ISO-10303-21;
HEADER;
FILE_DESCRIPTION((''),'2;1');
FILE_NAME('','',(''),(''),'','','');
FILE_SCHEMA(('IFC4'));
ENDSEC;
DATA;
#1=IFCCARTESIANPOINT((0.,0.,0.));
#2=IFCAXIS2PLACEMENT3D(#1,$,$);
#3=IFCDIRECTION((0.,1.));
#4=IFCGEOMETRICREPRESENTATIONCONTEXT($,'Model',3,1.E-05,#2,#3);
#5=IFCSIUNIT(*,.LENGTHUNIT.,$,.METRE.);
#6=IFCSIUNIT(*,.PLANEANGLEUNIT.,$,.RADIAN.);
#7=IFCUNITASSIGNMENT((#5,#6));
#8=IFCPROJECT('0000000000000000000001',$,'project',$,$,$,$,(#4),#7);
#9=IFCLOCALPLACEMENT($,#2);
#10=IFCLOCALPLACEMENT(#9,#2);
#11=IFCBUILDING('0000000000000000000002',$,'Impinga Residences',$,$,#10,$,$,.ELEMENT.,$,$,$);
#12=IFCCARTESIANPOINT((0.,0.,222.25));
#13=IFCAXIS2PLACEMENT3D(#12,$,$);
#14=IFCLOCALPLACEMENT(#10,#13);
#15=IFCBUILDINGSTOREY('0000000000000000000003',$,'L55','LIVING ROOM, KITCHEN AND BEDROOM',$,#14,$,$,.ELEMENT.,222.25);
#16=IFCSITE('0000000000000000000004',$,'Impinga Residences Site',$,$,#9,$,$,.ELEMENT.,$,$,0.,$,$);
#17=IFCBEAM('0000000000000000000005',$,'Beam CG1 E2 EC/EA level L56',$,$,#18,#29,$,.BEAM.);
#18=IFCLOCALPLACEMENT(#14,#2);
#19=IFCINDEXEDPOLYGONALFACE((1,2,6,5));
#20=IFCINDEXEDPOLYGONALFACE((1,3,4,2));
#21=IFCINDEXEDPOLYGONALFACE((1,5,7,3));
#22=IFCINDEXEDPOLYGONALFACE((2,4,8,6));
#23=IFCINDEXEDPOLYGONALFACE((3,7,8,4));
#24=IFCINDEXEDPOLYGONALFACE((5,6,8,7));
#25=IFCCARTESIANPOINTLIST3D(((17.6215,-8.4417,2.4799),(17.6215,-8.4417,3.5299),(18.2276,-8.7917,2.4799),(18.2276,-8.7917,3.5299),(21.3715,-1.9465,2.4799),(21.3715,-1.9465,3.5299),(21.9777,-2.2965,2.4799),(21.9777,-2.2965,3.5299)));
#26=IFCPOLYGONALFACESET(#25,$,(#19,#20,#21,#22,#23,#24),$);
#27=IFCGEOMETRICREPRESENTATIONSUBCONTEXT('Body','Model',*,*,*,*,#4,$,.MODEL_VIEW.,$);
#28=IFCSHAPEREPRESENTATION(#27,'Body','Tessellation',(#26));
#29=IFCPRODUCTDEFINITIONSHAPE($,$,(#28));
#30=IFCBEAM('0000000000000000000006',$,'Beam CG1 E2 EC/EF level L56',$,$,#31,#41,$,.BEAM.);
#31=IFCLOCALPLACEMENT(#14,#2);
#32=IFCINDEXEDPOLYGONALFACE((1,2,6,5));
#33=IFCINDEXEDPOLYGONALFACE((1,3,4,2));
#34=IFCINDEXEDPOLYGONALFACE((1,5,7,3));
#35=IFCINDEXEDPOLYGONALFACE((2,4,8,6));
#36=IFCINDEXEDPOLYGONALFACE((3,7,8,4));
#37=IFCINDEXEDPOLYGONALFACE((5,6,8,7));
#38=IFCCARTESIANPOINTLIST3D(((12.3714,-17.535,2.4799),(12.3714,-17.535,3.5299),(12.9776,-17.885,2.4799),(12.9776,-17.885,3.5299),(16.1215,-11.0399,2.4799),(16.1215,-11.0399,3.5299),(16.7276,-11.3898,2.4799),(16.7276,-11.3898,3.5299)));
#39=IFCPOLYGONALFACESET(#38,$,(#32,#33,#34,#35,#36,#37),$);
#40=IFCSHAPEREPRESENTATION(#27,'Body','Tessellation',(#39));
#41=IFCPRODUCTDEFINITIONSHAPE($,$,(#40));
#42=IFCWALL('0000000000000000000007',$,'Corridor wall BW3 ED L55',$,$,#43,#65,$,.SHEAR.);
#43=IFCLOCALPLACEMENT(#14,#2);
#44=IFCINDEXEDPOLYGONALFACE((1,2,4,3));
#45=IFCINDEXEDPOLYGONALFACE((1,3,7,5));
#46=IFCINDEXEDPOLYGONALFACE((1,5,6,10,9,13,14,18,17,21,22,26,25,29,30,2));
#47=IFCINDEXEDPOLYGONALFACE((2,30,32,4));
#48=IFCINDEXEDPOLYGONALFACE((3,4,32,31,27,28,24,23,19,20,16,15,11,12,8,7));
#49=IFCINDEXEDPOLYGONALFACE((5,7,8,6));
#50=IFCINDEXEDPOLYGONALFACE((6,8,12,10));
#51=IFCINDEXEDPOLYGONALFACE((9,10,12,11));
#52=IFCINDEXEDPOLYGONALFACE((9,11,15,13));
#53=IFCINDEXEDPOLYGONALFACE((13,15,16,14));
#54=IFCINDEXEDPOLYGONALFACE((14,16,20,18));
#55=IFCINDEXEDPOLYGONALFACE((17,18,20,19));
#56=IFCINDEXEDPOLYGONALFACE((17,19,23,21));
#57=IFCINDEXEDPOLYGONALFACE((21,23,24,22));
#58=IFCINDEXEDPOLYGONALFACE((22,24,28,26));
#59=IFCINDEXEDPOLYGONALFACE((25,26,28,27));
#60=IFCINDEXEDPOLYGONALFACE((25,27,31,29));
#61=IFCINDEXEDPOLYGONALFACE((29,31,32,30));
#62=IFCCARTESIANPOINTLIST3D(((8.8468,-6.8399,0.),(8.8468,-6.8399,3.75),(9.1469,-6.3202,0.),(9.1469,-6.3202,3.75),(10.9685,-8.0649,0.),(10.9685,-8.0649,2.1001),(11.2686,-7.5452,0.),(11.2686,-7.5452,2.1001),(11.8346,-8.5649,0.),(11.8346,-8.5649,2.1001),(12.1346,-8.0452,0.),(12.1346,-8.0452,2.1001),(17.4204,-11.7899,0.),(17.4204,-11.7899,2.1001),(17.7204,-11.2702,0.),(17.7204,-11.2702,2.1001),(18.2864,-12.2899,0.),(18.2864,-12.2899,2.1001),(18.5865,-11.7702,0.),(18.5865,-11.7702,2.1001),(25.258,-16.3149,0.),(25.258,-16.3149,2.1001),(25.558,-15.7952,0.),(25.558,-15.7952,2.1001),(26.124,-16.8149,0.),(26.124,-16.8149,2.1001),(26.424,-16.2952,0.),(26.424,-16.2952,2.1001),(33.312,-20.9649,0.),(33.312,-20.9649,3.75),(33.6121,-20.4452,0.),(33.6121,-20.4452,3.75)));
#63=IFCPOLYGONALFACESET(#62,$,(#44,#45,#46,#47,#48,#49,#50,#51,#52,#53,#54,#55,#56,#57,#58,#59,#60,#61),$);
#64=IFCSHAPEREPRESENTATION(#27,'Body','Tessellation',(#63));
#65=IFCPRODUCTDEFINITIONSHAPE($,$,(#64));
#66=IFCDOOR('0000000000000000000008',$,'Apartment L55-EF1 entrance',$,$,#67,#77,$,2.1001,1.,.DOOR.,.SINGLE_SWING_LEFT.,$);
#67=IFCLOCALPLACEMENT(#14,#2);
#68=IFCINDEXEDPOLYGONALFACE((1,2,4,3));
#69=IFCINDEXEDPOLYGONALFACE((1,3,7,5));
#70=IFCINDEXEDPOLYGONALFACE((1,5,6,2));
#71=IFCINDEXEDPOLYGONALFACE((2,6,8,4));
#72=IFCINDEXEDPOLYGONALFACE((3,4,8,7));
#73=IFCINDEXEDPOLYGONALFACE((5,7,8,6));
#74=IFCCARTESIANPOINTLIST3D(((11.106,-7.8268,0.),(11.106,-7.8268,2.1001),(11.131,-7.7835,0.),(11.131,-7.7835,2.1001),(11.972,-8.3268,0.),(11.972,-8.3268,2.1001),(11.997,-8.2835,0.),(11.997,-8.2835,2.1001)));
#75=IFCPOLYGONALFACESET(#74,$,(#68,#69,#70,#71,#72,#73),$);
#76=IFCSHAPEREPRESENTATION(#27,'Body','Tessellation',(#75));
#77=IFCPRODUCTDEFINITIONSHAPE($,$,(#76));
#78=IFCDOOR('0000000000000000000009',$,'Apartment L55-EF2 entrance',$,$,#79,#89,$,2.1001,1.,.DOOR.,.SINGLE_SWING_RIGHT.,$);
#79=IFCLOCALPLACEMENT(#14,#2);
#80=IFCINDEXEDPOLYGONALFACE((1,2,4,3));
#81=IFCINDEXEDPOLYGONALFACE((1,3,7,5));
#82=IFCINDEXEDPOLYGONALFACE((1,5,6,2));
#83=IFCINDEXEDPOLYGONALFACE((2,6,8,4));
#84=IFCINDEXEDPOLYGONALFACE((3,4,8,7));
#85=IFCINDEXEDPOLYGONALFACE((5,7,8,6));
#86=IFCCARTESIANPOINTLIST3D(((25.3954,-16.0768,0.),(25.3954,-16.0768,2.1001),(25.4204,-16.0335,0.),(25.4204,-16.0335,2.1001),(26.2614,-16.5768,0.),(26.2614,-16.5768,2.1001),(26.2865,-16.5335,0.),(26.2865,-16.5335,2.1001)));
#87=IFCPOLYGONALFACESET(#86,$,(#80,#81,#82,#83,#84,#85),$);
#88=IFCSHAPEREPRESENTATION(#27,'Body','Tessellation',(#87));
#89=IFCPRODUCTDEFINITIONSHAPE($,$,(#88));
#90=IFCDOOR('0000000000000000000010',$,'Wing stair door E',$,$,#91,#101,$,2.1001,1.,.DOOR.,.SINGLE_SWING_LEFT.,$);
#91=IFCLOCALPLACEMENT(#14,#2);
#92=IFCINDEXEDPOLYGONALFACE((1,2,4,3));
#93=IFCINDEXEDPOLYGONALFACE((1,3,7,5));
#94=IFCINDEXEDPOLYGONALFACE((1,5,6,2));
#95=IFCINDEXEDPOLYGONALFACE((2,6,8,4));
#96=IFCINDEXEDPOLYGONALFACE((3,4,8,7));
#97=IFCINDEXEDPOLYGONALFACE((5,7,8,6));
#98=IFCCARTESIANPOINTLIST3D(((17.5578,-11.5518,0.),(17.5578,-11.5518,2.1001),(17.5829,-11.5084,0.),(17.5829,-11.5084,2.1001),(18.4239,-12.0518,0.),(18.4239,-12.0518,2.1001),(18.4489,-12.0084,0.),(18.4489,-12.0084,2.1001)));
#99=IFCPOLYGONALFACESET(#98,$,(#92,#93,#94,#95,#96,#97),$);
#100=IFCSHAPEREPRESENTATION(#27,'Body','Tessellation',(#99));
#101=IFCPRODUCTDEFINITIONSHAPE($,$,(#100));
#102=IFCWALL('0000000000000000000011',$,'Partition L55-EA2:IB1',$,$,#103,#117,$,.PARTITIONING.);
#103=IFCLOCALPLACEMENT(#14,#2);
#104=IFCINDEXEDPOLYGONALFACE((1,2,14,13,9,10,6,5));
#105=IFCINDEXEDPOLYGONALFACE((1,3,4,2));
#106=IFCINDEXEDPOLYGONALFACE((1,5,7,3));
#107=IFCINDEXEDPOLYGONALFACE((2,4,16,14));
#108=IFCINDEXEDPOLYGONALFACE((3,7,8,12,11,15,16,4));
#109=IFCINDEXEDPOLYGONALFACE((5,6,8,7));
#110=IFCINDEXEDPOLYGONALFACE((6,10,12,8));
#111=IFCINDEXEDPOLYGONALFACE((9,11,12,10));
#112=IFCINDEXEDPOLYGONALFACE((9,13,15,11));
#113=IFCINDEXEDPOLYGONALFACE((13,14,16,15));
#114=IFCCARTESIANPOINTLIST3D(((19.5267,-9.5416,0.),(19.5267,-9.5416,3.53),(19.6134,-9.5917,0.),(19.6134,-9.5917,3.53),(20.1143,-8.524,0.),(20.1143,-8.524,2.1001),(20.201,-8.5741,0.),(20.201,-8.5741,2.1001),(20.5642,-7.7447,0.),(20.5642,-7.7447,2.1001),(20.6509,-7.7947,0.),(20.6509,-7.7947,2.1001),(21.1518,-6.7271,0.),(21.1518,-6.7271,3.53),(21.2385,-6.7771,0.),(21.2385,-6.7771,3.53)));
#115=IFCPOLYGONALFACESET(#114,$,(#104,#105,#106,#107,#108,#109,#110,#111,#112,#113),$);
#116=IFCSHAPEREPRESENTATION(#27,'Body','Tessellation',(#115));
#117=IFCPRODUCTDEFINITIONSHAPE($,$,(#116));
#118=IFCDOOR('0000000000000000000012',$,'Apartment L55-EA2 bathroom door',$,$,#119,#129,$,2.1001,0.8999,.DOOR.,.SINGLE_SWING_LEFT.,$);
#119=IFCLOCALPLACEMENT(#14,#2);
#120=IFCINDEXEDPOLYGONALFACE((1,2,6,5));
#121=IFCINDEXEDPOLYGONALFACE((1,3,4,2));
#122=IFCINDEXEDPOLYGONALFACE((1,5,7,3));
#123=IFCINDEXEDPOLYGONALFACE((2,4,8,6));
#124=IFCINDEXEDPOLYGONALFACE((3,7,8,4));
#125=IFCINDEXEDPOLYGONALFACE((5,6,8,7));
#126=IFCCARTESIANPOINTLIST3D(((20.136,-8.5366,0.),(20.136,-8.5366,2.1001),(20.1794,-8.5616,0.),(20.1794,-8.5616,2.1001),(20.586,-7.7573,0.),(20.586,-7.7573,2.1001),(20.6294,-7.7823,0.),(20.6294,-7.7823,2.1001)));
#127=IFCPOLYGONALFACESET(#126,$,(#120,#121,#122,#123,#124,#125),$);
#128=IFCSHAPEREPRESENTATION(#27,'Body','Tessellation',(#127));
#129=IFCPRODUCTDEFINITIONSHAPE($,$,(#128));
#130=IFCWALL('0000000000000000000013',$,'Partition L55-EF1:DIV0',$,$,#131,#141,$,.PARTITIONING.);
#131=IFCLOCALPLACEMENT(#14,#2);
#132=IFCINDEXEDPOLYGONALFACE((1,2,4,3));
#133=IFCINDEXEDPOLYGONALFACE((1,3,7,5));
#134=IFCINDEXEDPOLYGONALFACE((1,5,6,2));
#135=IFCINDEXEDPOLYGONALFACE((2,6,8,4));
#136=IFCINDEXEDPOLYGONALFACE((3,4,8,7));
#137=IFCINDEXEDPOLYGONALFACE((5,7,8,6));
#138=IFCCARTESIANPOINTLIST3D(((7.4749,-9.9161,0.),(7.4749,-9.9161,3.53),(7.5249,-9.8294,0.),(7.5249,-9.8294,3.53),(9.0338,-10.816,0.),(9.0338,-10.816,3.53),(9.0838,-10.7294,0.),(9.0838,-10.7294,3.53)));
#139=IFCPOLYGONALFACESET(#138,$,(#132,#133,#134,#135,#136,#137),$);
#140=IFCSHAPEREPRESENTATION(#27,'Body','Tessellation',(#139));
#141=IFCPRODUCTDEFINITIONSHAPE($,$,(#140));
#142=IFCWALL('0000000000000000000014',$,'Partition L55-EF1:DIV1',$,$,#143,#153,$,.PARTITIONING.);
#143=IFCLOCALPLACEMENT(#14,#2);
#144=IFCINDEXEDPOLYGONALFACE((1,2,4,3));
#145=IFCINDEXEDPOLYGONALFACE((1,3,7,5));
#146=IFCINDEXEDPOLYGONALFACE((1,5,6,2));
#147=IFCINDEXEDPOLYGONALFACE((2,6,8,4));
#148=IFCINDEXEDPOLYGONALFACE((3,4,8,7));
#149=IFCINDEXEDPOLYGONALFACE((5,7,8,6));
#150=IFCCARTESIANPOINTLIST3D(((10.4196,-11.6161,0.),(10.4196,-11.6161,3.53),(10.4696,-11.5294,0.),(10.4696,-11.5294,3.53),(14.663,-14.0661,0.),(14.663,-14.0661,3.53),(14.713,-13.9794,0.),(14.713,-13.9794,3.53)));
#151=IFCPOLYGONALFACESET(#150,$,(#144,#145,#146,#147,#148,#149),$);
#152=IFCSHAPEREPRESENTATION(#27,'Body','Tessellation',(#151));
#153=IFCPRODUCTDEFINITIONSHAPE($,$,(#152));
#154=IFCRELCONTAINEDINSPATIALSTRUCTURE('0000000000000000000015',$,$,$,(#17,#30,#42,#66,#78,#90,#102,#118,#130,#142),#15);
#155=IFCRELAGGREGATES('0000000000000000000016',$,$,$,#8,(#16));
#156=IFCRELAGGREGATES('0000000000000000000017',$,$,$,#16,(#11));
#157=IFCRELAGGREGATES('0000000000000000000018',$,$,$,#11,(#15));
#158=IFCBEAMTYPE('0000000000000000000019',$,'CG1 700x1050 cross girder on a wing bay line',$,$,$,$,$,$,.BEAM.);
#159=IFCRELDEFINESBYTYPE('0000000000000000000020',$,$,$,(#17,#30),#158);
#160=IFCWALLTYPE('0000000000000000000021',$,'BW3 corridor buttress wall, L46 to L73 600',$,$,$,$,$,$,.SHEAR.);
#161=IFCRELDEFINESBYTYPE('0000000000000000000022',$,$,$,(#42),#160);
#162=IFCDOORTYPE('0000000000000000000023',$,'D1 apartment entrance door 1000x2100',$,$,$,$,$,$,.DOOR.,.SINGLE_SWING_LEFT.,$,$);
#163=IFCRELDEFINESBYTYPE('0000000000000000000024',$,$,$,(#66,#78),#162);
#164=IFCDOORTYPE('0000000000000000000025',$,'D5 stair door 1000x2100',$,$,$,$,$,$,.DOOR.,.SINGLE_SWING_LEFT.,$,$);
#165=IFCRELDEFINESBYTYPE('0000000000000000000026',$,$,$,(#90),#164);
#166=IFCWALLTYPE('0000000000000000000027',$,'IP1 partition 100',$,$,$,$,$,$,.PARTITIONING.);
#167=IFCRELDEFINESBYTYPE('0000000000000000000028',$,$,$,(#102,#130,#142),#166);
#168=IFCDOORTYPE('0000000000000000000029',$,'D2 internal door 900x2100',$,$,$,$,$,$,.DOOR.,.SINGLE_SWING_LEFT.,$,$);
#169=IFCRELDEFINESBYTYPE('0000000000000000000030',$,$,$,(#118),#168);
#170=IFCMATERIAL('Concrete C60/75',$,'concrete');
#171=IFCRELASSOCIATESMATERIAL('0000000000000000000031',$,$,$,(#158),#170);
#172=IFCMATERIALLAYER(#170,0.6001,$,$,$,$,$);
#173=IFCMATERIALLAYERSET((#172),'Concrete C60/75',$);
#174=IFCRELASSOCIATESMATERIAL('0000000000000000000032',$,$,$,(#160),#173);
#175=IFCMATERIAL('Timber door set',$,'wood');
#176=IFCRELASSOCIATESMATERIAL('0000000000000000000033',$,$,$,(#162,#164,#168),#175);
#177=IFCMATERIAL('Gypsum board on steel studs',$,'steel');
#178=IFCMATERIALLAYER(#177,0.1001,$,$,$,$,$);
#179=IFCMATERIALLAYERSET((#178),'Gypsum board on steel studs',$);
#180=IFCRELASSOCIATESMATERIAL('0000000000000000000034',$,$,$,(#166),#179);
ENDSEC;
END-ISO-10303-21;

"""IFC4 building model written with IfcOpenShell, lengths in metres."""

from ifc_helpers import new_model, si_unit, direction, frame, frame_2d, origin, origin_2d, place, context, subcontext, project, spatial, rectangle, extrude, material, layer, layer_set, material_profile, profile_set, type_object, element, fill, save


model = new_model("IFC4")

# Units and contexts
model_context = context("Model", 3, precision=1e-05, world=origin(), true_north=direction((0.0, 1.0)))
body_context = subcontext(model_context, "Body", "Model", "MODEL_VIEW")
ifc_project = project(units=[si_unit("LENGTHUNIT", "METRE"), si_unit("PLANEANGLEUNIT", "RADIAN")], contexts=[model_context])

# Site, building, storey
site_placement = place(None, origin())
site = spatial("IfcSite", under=ifc_project, at=site_placement, Name="Impinga Residences Site", CompositionType="ELEMENT", RefElevation=0.0)
building_placement = place(site_placement, origin())
building = spatial("IfcBuilding", under=site, at=building_placement, Name="Impinga Residences", CompositionType="ELEMENT")
storey_placement = place(building_placement, frame((0.0, 0.0, 222.25)))
storey = spatial("IfcBuildingStorey", under=building, at=storey_placement, Name="L55", Description="LIVING ROOM, KITCHEN AND BEDROOM", CompositionType="ELEMENT", Elevation=222.25)

# Beams
ifc_material_1 = material(Name="Concrete C60/75", Category="concrete")
ifc_material_profile = material_profile(ifc_material_1, rectangle(XDim=0.7, YDim=1.05, at=origin_2d()), Name="RC 700x1050")
ifc_profile_set = profile_set([ifc_material_profile], Name="Concrete C60/75")
beam_type = type_object("IfcBeamType", Name="CG1 700x1050 cross girder on a wing bay line", PredefinedType="BEAM", material=ifc_profile_set)
for number, where, z_axis, x_axis, name in (
    (1, (17.9246, -8.6167, 3.0049), (0.500004, 0.866023, 0.0), (-0.866023, 0.500004, 0.0), "Beam CG1 E2 EC/EA level L56"),
    (2, (16.4246, -11.2148, 3.0049), (-0.500004, -0.866023, 0.0), (0.866023, -0.500004, 0.0), "Beam CG1 E2 EC/EF level L56"),
):
    element("IfcBeam", number, at=place(storey_placement, frame(where, z_axis=z_axis, x_axis=x_axis)), inside=storey, type_object=beam_type, Name=name, PredefinedType="BEAM", context=body_context, shape_type="SweptSolid", body=[
        extrude(rectangle(XDim=0.7, YDim=1.05, at=origin_2d()), origin(), (0.0, 0.0, 1.0), 7.5),
    ])

# Wall, openings, doors
ifc_layer_1 = layer(ifc_material_1, 0.6001)
ifc_layer_set_1 = layer_set([ifc_layer_1], Name="Concrete C60/75")
wall_type_1 = type_object("IfcWallType", Name="BW3 corridor buttress wall, L46 to L73 600", PredefinedType="SHEAR", material=ifc_layer_set_1)
wall_1_placement = place(storey_placement, frame((8.9968, -6.5801, 0.0), z_axis=(0.0, 0.0, 1.0), x_axis=(0.866026, -0.499998, 0.0)))
wall_1 = element("IfcWall", 3, at=wall_1_placement, inside=storey, type_object=wall_type_1, Name="Corridor wall BW3 ED L55", PredefinedType="SHEAR", context=body_context, shape_type="SweptSolid", body=[
    extrude(rectangle(XDim=28.25, YDim=0.6001, at=frame_2d((14.125, 0.0))), origin(), (0.0, 0.0, 1.0), 3.75),
])
opening_1_placement = place(wall_1_placement, frame((9.8999, 0.0, 0.0)))
opening_1 = element("IfcOpeningElement", 4, at=opening_1_placement, cuts=wall_1, PredefinedType="OPENING", context=body_context, shape_type="SweptSolid", body=[
    extrude(rectangle(XDim=1.0, YDim=2.1001, at=frame_2d((0.5, 1.05))), frame((0.0, 0.3101, 0.0), z_axis=(0.0, -1.0, 0.0), x_axis=(1.0, 0.0, 0.0)), (0.0, 0.0, 1.0), 0.6201),
])
opening_2_placement = place(wall_1_placement, frame((2.45, 0.0, 0.0)))
opening_2 = element("IfcOpeningElement", 5, at=opening_2_placement, cuts=wall_1, PredefinedType="OPENING", context=body_context, shape_type="SweptSolid", body=[
    extrude(rectangle(XDim=1.0, YDim=2.1001, at=frame_2d((0.5, 1.05))), frame((0.0, 0.3101, 0.0), z_axis=(0.0, -1.0, 0.0), x_axis=(1.0, 0.0, 0.0)), (0.0, 0.0, 1.0), 0.6201),
])
opening_3_placement = place(wall_1_placement, frame((18.95, 0.0, 0.0)))
opening_3 = element("IfcOpeningElement", 6, at=opening_3_placement, cuts=wall_1, PredefinedType="OPENING", context=body_context, shape_type="SweptSolid", body=[
    extrude(rectangle(XDim=1.0, YDim=2.1001, at=frame_2d((0.5, 1.05))), frame((0.0, 0.3101, 0.0), z_axis=(0.0, -1.0, 0.0), x_axis=(1.0, 0.0, 0.0)), (0.0, 0.0, 1.0), 0.6201),
])
ifc_material_2 = material(Name="Timber door set", Category="wood")
door_type_1 = type_object("IfcDoorType", Name="D1 apartment entrance door 1000x2100", OperationType="SINGLE_SWING_LEFT", PredefinedType="DOOR", material=ifc_material_2)
door_1_placement = place(opening_2_placement, origin())
door_1 = element("IfcDoor", 7, at=door_1_placement, inside=storey, type_object=door_type_1, Name="Apartment L55-EF1 entrance", OperationType="SINGLE_SWING_LEFT", OverallHeight=2.1001, OverallWidth=1.0, PredefinedType="DOOR", context=body_context, shape_type="SweptSolid", body=[
    extrude(rectangle(XDim=1.0, YDim=2.1001, at=frame_2d((0.5, 1.05))), frame((0.0, 0.0249, 0.0), z_axis=(0.0, -1.0, 0.0), x_axis=(1.0, 0.0, 0.0)), (0.0, 0.0, 1.0), 0.05),
])
fill(opening_2, door_1)
door_2_placement = place(opening_3_placement, origin())
door_2 = element("IfcDoor", 8, at=door_2_placement, inside=storey, type_object=door_type_1, Name="Apartment L55-EF2 entrance", OperationType="SINGLE_SWING_RIGHT", OverallHeight=2.1001, OverallWidth=1.0, PredefinedType="DOOR", context=body_context, shape_type="SweptSolid", body=[
    extrude(rectangle(XDim=1.0, YDim=2.1001, at=frame_2d((0.5, 1.05))), frame((0.0, 0.0249, 0.0), z_axis=(0.0, -1.0, 0.0), x_axis=(1.0, 0.0, 0.0)), (0.0, 0.0, 1.0), 0.05),
])
fill(opening_3, door_2)
door_type_2 = type_object("IfcDoorType", Name="D5 stair door 1000x2100", OperationType="SINGLE_SWING_LEFT", PredefinedType="DOOR", material=ifc_material_2)
door_3_placement = place(opening_1_placement, origin())
door_3 = element("IfcDoor", 9, at=door_3_placement, inside=storey, type_object=door_type_2, Name="Wing stair door E", OperationType="SINGLE_SWING_LEFT", OverallHeight=2.1001, OverallWidth=1.0, PredefinedType="DOOR", context=body_context, shape_type="SweptSolid", body=[
    extrude(rectangle(XDim=1.0, YDim=2.1001, at=frame_2d((0.5, 1.05))), frame((0.0, 0.0249, 0.0), z_axis=(0.0, -1.0, 0.0), x_axis=(1.0, 0.0, 0.0)), (0.0, 0.0, 1.0), 0.05),
])
fill(opening_1, door_3)

# Wall, opening, door
ifc_material_3 = material(Name="Gypsum board on steel studs", Category="steel")
ifc_layer_2 = layer(ifc_material_3, 0.1001)
ifc_layer_set_2 = layer_set([ifc_layer_2], Name="Gypsum board on steel studs")
wall_type_2 = type_object("IfcWallType", Name="IP1 partition 100", PredefinedType="PARTITIONING", material=ifc_layer_set_2)
wall_2_placement = place(storey_placement, frame((19.5701, -9.5667, 0.0), z_axis=(0.0, 0.0, 1.0), x_axis=(0.500017, 0.866015, 0.0)))
wall_2 = element("IfcWall", 10, at=wall_2_placement, inside=storey, type_object=wall_type_2, Name="Partition L55-EA2:IB1", PredefinedType="PARTITIONING", context=body_context, shape_type="SweptSolid", body=[
    extrude(rectangle(XDim=3.25, YDim=0.1001, at=frame_2d((1.625, 0.0))), origin(), (0.0, 0.0, 1.0), 3.53),
])
opening_4_placement = place(wall_2_placement, frame((1.175, 0.0, 0.0)))
opening_4 = element("IfcOpeningElement", 11, at=opening_4_placement, cuts=wall_2, PredefinedType="OPENING", context=body_context, shape_type="SweptSolid", body=[
    extrude(rectangle(XDim=0.8999, YDim=2.1001, at=frame_2d((0.45, 1.05))), frame((0.0, 0.0601, 0.0), z_axis=(0.0, -1.0, 0.0), x_axis=(1.0, 0.0, 0.0)), (0.0, 0.0, 1.0), 0.1201),
])
door_type_3 = type_object("IfcDoorType", Name="D2 internal door 900x2100", OperationType="SINGLE_SWING_LEFT", PredefinedType="DOOR", material=ifc_material_2)
door_4_placement = place(opening_4_placement, origin())
door_4 = element("IfcDoor", 12, at=door_4_placement, inside=storey, type_object=door_type_3, Name="Apartment L55-EA2 bathroom door", OperationType="SINGLE_SWING_LEFT", OverallHeight=2.1001, OverallWidth=0.8999, PredefinedType="DOOR", context=body_context, shape_type="SweptSolid", body=[
    extrude(rectangle(XDim=0.8999, YDim=2.1001, at=frame_2d((0.45, 1.05))), frame((0.0, 0.0249, 0.0), z_axis=(0.0, -1.0, 0.0), x_axis=(1.0, 0.0, 0.0)), (0.0, 0.0, 1.0), 0.05),
])
fill(opening_4, door_4)

# Walls
wall_3_placement = place(storey_placement, frame((7.5, -9.8728, 0.0), z_axis=(0.0, 0.0, 1.0), x_axis=(0.866048, -0.499961, 0.0)))
element("IfcWall", 13, at=wall_3_placement, inside=storey, type_object=wall_type_2, Name="Partition L55-EF1:DIV0", PredefinedType="PARTITIONING", context=body_context, shape_type="SweptSolid", body=[
    extrude(rectangle(XDim=1.8, YDim=0.1001, at=frame_2d((0.8999, 0.0))), origin(), (0.0, 0.0, 1.0), 3.53),
])
wall_4_placement = place(storey_placement, frame((10.4446, -11.5728, 0.0), z_axis=(0.0, 0.0, 1.0), x_axis=(0.866024, -0.500003, 0.0)))
element("IfcWall", 14, at=wall_4_placement, inside=storey, type_object=wall_type_2, Name="Partition L55-EF1:DIV1", PredefinedType="PARTITIONING", context=body_context, shape_type="SweptSolid", body=[
    extrude(rectangle(XDim=4.8999, YDim=0.1001, at=frame_2d((2.45, 0.0))), origin(), (0.0, 0.0, 1.0), 3.53),
])

save(model, "model.ifc")
